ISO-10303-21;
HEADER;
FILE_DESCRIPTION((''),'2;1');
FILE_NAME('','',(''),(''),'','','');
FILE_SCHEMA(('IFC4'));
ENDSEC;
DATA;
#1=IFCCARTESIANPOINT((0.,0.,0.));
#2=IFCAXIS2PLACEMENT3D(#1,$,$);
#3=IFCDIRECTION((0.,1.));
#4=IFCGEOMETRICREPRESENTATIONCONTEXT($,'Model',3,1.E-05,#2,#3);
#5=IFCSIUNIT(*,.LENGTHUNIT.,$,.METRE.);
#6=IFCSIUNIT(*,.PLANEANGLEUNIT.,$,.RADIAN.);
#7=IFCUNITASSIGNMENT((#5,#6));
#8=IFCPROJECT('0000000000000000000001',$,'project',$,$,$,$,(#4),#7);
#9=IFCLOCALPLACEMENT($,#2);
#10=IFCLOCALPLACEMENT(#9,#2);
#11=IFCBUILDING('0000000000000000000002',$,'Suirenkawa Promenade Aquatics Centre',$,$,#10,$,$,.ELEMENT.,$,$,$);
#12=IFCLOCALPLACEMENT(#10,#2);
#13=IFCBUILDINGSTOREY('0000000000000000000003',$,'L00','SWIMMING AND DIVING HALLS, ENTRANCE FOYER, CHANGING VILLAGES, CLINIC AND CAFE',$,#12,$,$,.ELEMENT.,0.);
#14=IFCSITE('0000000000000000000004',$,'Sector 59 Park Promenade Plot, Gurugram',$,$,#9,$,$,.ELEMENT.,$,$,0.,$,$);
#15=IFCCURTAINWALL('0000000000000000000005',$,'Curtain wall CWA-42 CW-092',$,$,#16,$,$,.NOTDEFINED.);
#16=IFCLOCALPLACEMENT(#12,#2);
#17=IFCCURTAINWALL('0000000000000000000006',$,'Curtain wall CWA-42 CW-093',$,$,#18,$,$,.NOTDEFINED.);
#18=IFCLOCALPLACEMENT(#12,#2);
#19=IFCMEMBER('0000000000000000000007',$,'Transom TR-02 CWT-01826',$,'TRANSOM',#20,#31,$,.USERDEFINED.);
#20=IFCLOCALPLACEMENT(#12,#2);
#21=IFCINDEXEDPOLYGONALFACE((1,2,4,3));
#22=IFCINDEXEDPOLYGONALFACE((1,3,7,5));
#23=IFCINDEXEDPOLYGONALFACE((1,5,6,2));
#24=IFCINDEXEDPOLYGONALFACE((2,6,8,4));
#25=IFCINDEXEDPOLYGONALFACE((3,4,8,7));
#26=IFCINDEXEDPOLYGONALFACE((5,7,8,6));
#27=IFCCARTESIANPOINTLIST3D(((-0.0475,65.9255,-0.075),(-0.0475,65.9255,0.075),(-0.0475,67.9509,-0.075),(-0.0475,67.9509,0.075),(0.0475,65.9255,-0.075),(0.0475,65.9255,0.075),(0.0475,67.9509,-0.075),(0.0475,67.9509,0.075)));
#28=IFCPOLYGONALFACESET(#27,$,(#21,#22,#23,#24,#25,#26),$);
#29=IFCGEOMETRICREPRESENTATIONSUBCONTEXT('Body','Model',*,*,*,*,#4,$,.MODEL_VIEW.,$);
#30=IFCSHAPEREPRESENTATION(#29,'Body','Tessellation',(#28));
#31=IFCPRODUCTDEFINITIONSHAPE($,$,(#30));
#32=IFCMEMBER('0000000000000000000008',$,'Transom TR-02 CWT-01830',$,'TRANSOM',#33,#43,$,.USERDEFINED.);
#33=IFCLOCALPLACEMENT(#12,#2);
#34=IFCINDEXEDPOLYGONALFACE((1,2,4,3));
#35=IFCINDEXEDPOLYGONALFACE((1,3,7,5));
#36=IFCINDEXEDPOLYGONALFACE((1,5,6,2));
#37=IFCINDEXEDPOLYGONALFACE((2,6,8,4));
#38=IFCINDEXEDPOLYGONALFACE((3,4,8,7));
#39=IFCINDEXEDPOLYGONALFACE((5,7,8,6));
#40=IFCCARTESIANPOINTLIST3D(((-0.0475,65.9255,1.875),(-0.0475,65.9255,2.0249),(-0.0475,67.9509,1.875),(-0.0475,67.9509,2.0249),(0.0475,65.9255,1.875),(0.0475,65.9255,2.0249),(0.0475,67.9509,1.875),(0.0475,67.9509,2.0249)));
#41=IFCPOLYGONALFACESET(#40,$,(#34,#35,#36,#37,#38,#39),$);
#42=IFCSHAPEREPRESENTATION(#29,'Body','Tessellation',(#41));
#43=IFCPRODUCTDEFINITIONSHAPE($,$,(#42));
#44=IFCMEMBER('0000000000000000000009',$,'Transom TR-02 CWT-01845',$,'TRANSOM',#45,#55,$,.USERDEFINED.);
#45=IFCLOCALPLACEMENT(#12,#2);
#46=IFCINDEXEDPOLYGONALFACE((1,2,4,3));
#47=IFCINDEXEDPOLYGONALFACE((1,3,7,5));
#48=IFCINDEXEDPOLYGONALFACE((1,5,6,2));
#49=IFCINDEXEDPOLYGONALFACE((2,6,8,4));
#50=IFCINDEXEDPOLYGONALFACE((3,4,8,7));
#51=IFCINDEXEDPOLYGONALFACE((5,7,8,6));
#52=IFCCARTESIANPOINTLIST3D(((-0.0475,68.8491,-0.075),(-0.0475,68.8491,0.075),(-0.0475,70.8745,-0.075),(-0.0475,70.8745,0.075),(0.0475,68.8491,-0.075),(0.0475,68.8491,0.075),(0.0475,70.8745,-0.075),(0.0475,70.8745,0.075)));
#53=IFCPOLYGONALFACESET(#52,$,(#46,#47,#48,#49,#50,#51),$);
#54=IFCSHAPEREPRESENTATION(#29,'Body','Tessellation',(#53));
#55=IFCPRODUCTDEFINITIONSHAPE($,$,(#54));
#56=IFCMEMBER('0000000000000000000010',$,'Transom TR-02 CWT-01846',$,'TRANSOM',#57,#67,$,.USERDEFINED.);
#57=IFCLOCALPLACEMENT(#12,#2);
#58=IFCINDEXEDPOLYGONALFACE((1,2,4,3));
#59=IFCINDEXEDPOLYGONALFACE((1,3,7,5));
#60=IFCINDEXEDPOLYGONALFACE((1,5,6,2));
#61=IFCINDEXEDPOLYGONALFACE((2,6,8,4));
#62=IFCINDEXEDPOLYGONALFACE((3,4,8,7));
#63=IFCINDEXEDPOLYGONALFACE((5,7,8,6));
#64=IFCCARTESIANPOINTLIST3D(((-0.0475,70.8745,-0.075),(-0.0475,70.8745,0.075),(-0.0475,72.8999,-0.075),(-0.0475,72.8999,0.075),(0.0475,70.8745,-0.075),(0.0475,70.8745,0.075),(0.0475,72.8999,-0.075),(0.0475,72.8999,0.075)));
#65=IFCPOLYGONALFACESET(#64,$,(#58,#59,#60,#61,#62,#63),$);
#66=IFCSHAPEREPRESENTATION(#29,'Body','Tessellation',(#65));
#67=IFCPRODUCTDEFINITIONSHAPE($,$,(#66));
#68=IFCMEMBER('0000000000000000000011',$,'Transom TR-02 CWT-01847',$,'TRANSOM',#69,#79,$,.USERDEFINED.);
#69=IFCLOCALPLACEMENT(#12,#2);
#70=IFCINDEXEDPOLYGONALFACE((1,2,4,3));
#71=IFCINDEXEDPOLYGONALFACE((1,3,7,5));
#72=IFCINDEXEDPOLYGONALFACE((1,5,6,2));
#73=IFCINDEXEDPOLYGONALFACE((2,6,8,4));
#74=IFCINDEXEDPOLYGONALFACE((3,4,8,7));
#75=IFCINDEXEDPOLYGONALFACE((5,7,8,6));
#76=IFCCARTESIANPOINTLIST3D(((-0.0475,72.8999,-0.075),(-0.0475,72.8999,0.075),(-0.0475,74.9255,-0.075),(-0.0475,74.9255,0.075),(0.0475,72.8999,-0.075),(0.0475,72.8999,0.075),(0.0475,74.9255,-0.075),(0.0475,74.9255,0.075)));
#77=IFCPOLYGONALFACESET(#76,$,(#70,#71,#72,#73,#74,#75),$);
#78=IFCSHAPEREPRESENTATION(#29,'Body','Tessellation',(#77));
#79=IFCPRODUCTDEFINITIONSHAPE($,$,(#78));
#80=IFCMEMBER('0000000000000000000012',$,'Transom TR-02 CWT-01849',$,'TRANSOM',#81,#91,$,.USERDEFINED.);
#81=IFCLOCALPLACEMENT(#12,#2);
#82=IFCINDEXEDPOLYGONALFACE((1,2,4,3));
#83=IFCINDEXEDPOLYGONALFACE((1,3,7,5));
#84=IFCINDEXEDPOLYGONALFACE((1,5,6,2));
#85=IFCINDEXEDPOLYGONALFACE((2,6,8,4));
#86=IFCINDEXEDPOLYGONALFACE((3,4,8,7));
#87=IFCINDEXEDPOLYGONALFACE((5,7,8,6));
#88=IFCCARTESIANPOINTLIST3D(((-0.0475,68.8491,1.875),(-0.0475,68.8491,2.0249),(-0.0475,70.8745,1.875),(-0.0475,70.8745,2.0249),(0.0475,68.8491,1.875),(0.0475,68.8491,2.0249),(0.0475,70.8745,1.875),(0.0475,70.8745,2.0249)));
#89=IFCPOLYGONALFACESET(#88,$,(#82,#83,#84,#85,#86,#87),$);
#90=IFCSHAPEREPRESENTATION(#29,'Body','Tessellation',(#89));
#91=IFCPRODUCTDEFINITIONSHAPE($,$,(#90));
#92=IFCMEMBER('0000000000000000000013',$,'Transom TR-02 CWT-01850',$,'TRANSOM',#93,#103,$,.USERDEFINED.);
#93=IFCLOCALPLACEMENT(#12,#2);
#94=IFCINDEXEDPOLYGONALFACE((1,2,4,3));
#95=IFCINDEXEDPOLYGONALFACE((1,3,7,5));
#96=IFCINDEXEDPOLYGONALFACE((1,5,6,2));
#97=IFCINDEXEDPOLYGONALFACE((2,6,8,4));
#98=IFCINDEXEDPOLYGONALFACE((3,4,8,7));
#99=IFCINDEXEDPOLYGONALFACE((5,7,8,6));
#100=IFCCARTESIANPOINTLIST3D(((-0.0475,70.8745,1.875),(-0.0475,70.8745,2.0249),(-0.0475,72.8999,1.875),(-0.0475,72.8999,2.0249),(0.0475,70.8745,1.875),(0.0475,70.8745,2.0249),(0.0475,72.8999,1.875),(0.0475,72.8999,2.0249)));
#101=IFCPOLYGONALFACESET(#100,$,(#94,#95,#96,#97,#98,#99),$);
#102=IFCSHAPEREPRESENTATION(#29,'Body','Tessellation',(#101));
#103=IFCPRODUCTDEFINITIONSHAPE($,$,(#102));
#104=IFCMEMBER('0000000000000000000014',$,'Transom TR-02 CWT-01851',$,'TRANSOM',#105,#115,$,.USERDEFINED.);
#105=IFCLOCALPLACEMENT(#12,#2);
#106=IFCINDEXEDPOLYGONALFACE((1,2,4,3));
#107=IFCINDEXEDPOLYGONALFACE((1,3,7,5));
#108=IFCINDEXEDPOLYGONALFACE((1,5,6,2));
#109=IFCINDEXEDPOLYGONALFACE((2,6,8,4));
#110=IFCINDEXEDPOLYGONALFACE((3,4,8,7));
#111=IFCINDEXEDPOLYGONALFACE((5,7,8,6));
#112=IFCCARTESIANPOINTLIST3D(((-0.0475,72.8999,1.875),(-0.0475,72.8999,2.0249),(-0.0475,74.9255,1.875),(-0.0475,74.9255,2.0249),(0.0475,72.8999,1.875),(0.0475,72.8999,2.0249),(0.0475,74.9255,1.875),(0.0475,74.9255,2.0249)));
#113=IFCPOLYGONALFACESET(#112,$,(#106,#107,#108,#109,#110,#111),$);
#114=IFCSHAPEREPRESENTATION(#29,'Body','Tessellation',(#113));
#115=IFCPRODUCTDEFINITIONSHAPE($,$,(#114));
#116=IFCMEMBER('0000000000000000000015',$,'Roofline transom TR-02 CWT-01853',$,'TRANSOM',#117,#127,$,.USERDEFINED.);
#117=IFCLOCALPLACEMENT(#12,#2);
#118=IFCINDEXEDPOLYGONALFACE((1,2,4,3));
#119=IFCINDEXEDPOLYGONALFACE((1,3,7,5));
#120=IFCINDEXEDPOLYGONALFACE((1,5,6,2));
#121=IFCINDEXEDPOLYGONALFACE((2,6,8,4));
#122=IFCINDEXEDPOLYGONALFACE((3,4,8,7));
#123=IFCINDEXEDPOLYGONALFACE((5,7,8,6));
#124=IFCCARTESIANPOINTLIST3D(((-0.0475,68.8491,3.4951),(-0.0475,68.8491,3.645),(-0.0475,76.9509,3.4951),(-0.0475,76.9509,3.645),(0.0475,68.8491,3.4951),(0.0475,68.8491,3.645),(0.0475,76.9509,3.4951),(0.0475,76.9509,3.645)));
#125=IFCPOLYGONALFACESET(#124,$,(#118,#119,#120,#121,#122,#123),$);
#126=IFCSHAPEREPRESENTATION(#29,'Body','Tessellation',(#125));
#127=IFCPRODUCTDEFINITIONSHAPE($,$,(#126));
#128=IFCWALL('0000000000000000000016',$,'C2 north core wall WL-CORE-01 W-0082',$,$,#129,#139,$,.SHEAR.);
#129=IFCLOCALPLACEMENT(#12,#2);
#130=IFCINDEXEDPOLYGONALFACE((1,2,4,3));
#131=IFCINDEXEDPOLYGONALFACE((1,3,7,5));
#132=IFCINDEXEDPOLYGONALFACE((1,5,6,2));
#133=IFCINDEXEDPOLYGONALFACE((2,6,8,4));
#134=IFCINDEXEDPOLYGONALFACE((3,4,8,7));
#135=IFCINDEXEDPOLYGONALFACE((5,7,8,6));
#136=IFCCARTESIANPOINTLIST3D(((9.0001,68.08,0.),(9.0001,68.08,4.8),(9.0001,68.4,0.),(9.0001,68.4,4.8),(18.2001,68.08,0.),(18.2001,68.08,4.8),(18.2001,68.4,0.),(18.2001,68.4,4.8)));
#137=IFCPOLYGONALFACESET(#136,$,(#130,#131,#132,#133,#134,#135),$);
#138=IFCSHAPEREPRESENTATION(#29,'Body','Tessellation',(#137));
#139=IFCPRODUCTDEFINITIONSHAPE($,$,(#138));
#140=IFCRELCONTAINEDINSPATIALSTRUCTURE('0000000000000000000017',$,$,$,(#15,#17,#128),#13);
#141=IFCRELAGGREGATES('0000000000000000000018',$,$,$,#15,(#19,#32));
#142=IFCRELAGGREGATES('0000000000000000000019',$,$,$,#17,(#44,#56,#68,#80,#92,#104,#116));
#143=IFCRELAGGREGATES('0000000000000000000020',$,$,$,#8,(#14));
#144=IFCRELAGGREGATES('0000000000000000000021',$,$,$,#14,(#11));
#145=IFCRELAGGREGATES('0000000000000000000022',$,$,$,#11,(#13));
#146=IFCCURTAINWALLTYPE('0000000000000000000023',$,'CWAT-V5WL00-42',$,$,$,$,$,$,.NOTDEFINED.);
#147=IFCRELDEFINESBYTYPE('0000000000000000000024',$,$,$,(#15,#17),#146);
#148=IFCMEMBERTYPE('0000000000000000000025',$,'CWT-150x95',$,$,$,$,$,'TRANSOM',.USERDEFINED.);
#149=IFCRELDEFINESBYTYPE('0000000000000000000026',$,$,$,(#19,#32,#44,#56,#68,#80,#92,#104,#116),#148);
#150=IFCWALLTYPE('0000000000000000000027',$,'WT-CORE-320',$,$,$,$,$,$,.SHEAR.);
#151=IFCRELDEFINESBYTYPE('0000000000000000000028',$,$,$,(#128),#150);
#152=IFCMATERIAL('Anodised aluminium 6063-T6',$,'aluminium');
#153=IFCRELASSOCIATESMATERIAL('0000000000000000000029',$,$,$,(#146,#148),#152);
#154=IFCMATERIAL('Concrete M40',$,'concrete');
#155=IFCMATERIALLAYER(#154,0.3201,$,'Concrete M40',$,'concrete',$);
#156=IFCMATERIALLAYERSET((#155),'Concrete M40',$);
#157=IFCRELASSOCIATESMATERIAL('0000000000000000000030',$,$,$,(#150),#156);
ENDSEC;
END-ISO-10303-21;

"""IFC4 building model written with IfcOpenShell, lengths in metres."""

from ifc_helpers import new_model, si_unit, direction, frame, frame_2d, origin, origin_2d, place, context, subcontext, project, spatial, rectangle, extrude, material, layer, layer_set, material_profile, profile_set, type_object, element, aggregate, save


model = new_model("IFC4")

# Units and contexts
model_context = context("Model", 3, precision=1e-05, world=origin(), true_north=direction((0.0, 1.0)))
body_context = subcontext(model_context, "Body", "Model", "MODEL_VIEW")
ifc_project = project(units=[si_unit("LENGTHUNIT", "METRE"), si_unit("PLANEANGLEUNIT", "RADIAN")], contexts=[model_context])

# Site, building, storey
site_placement = place(None, origin())
site = spatial("IfcSite", under=ifc_project, at=site_placement, Name="Sector 59 Park Promenade Plot, Gurugram", CompositionType="ELEMENT", RefElevation=0.0)
building_placement = place(site_placement, origin())
building = spatial("IfcBuilding", under=site, at=building_placement, Name="Suirenkawa Promenade Aquatics Centre", CompositionType="ELEMENT")
storey_placement = place(building_placement, origin())
storey = spatial("IfcBuildingStorey", under=building, at=storey_placement, Name="L00", Description="SWIMMING AND DIVING HALLS, ENTRANCE FOYER, CHANGING VILLAGES, CLINIC AND CAFE", CompositionType="ELEMENT", Elevation=0.0)

# Shared definitions
ifc_material_1 = material(Name="Concrete M40", Category="concrete")

# Curtain walls
ifc_material_2 = material(Name="Anodised aluminium 6063-T6", Category="aluminium")
curtain_wall_type = type_object("IfcCurtainWallType", Name="CWAT-V5WL00-42", PredefinedType="NOTDEFINED", material=ifc_material_2)
curtain_wall_1_placement = place(storey_placement, origin())
curtain_wall_1 = element("IfcCurtainWall", 1, at=curtain_wall_1_placement, inside=storey, type_object=curtain_wall_type, Name="Curtain wall CWA-42 CW-092", PredefinedType="NOTDEFINED")
curtain_wall_2_placement = place(storey_placement, origin())
curtain_wall_2 = element("IfcCurtainWall", 2, at=curtain_wall_2_placement, inside=storey, type_object=curtain_wall_type, Name="Curtain wall CWA-42 CW-093", PredefinedType="NOTDEFINED")

# Members
ifc_material_profile_1 = material_profile(ifc_material_2, rectangle(XDim=0.095, YDim=0.1499, at=origin_2d()), Name="ALU TRAN 95x150", Category="aluminium")
ifc_profile_set_1 = profile_set([ifc_material_profile_1], Name="Anodised aluminium 6063-T6")
member_type_1 = type_object("IfcMemberType", Name="CWT-150x95", ElementType="TRANSOM", PredefinedType="USERDEFINED", material=ifc_profile_set_1)
member_1_placement = place(storey_placement, frame((0.0, 65.9255, 0.0), z_axis=(0.0, 1.0, 0.0), x_axis=(-1.0, 0.0, 0.0)))
member_1 = element("IfcMember", 3, at=member_1_placement, type_object=member_type_1, Name="Transom TR-02 CWT-01826", ObjectType="TRANSOM", PredefinedType="USERDEFINED", context=body_context, shape_type="SweptSolid", body=[
    extrude(rectangle(XDim=0.095, YDim=0.1499, at=origin_2d()), origin(), (0.0, 0.0, 1.0), 2.0254),
])
member_2_placement = place(storey_placement, frame((0.0, 65.9255, 1.95), z_axis=(0.0, 1.0, 0.0), x_axis=(-1.0, 0.0, 0.0)))
member_2 = element("IfcMember", 4, at=member_2_placement, type_object=member_type_1, Name="Transom TR-02 CWT-01830", ObjectType="TRANSOM", PredefinedType="USERDEFINED", context=body_context, shape_type="SweptSolid", body=[
    extrude(rectangle(XDim=0.095, YDim=0.1499, at=origin_2d()), origin(), (0.0, 0.0, 1.0), 2.0254),
])
member_3_placement = place(storey_placement, frame((0.0, 68.8491, 0.0), z_axis=(0.0, 1.0, 0.0), x_axis=(-1.0, 0.0, 0.0)))
member_3 = element("IfcMember", 5, at=member_3_placement, type_object=member_type_1, Name="Transom TR-02 CWT-01845", ObjectType="TRANSOM", PredefinedType="USERDEFINED", context=body_context, shape_type="SweptSolid", body=[
    extrude(rectangle(XDim=0.095, YDim=0.1499, at=origin_2d()), origin(), (0.0, 0.0, 1.0), 2.0254),
])
member_4_placement = place(storey_placement, frame((0.0, 70.8745, 0.0), z_axis=(0.0, 1.0, 0.0), x_axis=(-1.0, 0.0, 0.0)))
member_4 = element("IfcMember", 6, at=member_4_placement, type_object=member_type_1, Name="Transom TR-02 CWT-01846", ObjectType="TRANSOM", PredefinedType="USERDEFINED", context=body_context, shape_type="SweptSolid", body=[
    extrude(rectangle(XDim=0.095, YDim=0.1499, at=origin_2d()), origin(), (0.0, 0.0, 1.0), 2.0254),
])
member_5_placement = place(storey_placement, frame((0.0, 72.8999, 0.0), z_axis=(0.0, 1.0, 0.0), x_axis=(-1.0, 0.0, 0.0)))
member_5 = element("IfcMember", 7, at=member_5_placement, type_object=member_type_1, Name="Transom TR-02 CWT-01847", ObjectType="TRANSOM", PredefinedType="USERDEFINED", context=body_context, shape_type="SweptSolid", body=[
    extrude(rectangle(XDim=0.095, YDim=0.1499, at=origin_2d()), origin(), (0.0, 0.0, 1.0), 2.0256),
])
member_6_placement = place(storey_placement, frame((0.0, 68.8491, 1.95), z_axis=(0.0, 1.0, 0.0), x_axis=(-1.0, 0.0, 0.0)))
member_6 = element("IfcMember", 8, at=member_6_placement, type_object=member_type_1, Name="Transom TR-02 CWT-01849", ObjectType="TRANSOM", PredefinedType="USERDEFINED", context=body_context, shape_type="SweptSolid", body=[
    extrude(rectangle(XDim=0.095, YDim=0.1499, at=origin_2d()), origin(), (0.0, 0.0, 1.0), 2.0254),
])
member_7_placement = place(storey_placement, frame((0.0, 70.8745, 1.95), z_axis=(0.0, 1.0, 0.0), x_axis=(-1.0, 0.0, 0.0)))
member_7 = element("IfcMember", 9, at=member_7_placement, type_object=member_type_1, Name="Transom TR-02 CWT-01850", ObjectType="TRANSOM", PredefinedType="USERDEFINED", context=body_context, shape_type="SweptSolid", body=[
    extrude(rectangle(XDim=0.095, YDim=0.1499, at=origin_2d()), origin(), (0.0, 0.0, 1.0), 2.0254),
])
member_8_placement = place(storey_placement, frame((0.0, 72.8999, 1.95), z_axis=(0.0, 1.0, 0.0), x_axis=(-1.0, 0.0, 0.0)))
member_8 = element("IfcMember", 10, at=member_8_placement, type_object=member_type_1, Name="Transom TR-02 CWT-01851", ObjectType="TRANSOM", PredefinedType="USERDEFINED", context=body_context, shape_type="SweptSolid", body=[
    extrude(rectangle(XDim=0.095, YDim=0.1499, at=origin_2d()), origin(), (0.0, 0.0, 1.0), 2.0256),
])
member_9_placement = place(storey_placement, frame((0.0, 68.8491, 3.5701), z_axis=(0.0, 1.0, 0.0), x_axis=(-1.0, 0.0, 0.0)))
member_9 = element("IfcMember", 11, at=member_9_placement, type_object=member_type_1, Name="Roofline transom TR-02 CWT-01853", ObjectType="TRANSOM", PredefinedType="USERDEFINED", context=body_context, shape_type="SweptSolid", body=[
    extrude(rectangle(XDim=0.095, YDim=0.1499, at=origin_2d()), origin(), (0.0, 0.0, 1.0), 8.1018),
])

aggregate(curtain_wall_1, [member_1, member_2])
aggregate(curtain_wall_2, [member_3, member_4, member_5, member_6, member_7, member_8, member_9])

# Wall
ifc_layer_1 = layer(ifc_material_1, 0.3201, Name="Concrete M40", Category="concrete")
ifc_layer_set_1 = layer_set([ifc_layer_1], Name="Concrete M40")
wall_type = type_object("IfcWallType", Name="WT-CORE-320", PredefinedType="SHEAR", material=ifc_layer_set_1)
wall_placement = place(storey_placement, frame((9.0, 68.24, 0.0), z_axis=(0.0, 0.0, 1.0), x_axis=(1.0, 0.0, 0.0)))
element("IfcWall", 12, at=wall_placement, inside=storey, type_object=wall_type, Name="C2 north core wall WL-CORE-01 W-0082", PredefinedType="SHEAR", context=body_context, shape_type="SweptSolid", body=[
    extrude(rectangle(XDim=9.2, YDim=0.3201, at=frame_2d((4.6001, 0.0))), origin(), (0.0, 0.0, 1.0), 4.8),
])

save(model, "model.ifc")
